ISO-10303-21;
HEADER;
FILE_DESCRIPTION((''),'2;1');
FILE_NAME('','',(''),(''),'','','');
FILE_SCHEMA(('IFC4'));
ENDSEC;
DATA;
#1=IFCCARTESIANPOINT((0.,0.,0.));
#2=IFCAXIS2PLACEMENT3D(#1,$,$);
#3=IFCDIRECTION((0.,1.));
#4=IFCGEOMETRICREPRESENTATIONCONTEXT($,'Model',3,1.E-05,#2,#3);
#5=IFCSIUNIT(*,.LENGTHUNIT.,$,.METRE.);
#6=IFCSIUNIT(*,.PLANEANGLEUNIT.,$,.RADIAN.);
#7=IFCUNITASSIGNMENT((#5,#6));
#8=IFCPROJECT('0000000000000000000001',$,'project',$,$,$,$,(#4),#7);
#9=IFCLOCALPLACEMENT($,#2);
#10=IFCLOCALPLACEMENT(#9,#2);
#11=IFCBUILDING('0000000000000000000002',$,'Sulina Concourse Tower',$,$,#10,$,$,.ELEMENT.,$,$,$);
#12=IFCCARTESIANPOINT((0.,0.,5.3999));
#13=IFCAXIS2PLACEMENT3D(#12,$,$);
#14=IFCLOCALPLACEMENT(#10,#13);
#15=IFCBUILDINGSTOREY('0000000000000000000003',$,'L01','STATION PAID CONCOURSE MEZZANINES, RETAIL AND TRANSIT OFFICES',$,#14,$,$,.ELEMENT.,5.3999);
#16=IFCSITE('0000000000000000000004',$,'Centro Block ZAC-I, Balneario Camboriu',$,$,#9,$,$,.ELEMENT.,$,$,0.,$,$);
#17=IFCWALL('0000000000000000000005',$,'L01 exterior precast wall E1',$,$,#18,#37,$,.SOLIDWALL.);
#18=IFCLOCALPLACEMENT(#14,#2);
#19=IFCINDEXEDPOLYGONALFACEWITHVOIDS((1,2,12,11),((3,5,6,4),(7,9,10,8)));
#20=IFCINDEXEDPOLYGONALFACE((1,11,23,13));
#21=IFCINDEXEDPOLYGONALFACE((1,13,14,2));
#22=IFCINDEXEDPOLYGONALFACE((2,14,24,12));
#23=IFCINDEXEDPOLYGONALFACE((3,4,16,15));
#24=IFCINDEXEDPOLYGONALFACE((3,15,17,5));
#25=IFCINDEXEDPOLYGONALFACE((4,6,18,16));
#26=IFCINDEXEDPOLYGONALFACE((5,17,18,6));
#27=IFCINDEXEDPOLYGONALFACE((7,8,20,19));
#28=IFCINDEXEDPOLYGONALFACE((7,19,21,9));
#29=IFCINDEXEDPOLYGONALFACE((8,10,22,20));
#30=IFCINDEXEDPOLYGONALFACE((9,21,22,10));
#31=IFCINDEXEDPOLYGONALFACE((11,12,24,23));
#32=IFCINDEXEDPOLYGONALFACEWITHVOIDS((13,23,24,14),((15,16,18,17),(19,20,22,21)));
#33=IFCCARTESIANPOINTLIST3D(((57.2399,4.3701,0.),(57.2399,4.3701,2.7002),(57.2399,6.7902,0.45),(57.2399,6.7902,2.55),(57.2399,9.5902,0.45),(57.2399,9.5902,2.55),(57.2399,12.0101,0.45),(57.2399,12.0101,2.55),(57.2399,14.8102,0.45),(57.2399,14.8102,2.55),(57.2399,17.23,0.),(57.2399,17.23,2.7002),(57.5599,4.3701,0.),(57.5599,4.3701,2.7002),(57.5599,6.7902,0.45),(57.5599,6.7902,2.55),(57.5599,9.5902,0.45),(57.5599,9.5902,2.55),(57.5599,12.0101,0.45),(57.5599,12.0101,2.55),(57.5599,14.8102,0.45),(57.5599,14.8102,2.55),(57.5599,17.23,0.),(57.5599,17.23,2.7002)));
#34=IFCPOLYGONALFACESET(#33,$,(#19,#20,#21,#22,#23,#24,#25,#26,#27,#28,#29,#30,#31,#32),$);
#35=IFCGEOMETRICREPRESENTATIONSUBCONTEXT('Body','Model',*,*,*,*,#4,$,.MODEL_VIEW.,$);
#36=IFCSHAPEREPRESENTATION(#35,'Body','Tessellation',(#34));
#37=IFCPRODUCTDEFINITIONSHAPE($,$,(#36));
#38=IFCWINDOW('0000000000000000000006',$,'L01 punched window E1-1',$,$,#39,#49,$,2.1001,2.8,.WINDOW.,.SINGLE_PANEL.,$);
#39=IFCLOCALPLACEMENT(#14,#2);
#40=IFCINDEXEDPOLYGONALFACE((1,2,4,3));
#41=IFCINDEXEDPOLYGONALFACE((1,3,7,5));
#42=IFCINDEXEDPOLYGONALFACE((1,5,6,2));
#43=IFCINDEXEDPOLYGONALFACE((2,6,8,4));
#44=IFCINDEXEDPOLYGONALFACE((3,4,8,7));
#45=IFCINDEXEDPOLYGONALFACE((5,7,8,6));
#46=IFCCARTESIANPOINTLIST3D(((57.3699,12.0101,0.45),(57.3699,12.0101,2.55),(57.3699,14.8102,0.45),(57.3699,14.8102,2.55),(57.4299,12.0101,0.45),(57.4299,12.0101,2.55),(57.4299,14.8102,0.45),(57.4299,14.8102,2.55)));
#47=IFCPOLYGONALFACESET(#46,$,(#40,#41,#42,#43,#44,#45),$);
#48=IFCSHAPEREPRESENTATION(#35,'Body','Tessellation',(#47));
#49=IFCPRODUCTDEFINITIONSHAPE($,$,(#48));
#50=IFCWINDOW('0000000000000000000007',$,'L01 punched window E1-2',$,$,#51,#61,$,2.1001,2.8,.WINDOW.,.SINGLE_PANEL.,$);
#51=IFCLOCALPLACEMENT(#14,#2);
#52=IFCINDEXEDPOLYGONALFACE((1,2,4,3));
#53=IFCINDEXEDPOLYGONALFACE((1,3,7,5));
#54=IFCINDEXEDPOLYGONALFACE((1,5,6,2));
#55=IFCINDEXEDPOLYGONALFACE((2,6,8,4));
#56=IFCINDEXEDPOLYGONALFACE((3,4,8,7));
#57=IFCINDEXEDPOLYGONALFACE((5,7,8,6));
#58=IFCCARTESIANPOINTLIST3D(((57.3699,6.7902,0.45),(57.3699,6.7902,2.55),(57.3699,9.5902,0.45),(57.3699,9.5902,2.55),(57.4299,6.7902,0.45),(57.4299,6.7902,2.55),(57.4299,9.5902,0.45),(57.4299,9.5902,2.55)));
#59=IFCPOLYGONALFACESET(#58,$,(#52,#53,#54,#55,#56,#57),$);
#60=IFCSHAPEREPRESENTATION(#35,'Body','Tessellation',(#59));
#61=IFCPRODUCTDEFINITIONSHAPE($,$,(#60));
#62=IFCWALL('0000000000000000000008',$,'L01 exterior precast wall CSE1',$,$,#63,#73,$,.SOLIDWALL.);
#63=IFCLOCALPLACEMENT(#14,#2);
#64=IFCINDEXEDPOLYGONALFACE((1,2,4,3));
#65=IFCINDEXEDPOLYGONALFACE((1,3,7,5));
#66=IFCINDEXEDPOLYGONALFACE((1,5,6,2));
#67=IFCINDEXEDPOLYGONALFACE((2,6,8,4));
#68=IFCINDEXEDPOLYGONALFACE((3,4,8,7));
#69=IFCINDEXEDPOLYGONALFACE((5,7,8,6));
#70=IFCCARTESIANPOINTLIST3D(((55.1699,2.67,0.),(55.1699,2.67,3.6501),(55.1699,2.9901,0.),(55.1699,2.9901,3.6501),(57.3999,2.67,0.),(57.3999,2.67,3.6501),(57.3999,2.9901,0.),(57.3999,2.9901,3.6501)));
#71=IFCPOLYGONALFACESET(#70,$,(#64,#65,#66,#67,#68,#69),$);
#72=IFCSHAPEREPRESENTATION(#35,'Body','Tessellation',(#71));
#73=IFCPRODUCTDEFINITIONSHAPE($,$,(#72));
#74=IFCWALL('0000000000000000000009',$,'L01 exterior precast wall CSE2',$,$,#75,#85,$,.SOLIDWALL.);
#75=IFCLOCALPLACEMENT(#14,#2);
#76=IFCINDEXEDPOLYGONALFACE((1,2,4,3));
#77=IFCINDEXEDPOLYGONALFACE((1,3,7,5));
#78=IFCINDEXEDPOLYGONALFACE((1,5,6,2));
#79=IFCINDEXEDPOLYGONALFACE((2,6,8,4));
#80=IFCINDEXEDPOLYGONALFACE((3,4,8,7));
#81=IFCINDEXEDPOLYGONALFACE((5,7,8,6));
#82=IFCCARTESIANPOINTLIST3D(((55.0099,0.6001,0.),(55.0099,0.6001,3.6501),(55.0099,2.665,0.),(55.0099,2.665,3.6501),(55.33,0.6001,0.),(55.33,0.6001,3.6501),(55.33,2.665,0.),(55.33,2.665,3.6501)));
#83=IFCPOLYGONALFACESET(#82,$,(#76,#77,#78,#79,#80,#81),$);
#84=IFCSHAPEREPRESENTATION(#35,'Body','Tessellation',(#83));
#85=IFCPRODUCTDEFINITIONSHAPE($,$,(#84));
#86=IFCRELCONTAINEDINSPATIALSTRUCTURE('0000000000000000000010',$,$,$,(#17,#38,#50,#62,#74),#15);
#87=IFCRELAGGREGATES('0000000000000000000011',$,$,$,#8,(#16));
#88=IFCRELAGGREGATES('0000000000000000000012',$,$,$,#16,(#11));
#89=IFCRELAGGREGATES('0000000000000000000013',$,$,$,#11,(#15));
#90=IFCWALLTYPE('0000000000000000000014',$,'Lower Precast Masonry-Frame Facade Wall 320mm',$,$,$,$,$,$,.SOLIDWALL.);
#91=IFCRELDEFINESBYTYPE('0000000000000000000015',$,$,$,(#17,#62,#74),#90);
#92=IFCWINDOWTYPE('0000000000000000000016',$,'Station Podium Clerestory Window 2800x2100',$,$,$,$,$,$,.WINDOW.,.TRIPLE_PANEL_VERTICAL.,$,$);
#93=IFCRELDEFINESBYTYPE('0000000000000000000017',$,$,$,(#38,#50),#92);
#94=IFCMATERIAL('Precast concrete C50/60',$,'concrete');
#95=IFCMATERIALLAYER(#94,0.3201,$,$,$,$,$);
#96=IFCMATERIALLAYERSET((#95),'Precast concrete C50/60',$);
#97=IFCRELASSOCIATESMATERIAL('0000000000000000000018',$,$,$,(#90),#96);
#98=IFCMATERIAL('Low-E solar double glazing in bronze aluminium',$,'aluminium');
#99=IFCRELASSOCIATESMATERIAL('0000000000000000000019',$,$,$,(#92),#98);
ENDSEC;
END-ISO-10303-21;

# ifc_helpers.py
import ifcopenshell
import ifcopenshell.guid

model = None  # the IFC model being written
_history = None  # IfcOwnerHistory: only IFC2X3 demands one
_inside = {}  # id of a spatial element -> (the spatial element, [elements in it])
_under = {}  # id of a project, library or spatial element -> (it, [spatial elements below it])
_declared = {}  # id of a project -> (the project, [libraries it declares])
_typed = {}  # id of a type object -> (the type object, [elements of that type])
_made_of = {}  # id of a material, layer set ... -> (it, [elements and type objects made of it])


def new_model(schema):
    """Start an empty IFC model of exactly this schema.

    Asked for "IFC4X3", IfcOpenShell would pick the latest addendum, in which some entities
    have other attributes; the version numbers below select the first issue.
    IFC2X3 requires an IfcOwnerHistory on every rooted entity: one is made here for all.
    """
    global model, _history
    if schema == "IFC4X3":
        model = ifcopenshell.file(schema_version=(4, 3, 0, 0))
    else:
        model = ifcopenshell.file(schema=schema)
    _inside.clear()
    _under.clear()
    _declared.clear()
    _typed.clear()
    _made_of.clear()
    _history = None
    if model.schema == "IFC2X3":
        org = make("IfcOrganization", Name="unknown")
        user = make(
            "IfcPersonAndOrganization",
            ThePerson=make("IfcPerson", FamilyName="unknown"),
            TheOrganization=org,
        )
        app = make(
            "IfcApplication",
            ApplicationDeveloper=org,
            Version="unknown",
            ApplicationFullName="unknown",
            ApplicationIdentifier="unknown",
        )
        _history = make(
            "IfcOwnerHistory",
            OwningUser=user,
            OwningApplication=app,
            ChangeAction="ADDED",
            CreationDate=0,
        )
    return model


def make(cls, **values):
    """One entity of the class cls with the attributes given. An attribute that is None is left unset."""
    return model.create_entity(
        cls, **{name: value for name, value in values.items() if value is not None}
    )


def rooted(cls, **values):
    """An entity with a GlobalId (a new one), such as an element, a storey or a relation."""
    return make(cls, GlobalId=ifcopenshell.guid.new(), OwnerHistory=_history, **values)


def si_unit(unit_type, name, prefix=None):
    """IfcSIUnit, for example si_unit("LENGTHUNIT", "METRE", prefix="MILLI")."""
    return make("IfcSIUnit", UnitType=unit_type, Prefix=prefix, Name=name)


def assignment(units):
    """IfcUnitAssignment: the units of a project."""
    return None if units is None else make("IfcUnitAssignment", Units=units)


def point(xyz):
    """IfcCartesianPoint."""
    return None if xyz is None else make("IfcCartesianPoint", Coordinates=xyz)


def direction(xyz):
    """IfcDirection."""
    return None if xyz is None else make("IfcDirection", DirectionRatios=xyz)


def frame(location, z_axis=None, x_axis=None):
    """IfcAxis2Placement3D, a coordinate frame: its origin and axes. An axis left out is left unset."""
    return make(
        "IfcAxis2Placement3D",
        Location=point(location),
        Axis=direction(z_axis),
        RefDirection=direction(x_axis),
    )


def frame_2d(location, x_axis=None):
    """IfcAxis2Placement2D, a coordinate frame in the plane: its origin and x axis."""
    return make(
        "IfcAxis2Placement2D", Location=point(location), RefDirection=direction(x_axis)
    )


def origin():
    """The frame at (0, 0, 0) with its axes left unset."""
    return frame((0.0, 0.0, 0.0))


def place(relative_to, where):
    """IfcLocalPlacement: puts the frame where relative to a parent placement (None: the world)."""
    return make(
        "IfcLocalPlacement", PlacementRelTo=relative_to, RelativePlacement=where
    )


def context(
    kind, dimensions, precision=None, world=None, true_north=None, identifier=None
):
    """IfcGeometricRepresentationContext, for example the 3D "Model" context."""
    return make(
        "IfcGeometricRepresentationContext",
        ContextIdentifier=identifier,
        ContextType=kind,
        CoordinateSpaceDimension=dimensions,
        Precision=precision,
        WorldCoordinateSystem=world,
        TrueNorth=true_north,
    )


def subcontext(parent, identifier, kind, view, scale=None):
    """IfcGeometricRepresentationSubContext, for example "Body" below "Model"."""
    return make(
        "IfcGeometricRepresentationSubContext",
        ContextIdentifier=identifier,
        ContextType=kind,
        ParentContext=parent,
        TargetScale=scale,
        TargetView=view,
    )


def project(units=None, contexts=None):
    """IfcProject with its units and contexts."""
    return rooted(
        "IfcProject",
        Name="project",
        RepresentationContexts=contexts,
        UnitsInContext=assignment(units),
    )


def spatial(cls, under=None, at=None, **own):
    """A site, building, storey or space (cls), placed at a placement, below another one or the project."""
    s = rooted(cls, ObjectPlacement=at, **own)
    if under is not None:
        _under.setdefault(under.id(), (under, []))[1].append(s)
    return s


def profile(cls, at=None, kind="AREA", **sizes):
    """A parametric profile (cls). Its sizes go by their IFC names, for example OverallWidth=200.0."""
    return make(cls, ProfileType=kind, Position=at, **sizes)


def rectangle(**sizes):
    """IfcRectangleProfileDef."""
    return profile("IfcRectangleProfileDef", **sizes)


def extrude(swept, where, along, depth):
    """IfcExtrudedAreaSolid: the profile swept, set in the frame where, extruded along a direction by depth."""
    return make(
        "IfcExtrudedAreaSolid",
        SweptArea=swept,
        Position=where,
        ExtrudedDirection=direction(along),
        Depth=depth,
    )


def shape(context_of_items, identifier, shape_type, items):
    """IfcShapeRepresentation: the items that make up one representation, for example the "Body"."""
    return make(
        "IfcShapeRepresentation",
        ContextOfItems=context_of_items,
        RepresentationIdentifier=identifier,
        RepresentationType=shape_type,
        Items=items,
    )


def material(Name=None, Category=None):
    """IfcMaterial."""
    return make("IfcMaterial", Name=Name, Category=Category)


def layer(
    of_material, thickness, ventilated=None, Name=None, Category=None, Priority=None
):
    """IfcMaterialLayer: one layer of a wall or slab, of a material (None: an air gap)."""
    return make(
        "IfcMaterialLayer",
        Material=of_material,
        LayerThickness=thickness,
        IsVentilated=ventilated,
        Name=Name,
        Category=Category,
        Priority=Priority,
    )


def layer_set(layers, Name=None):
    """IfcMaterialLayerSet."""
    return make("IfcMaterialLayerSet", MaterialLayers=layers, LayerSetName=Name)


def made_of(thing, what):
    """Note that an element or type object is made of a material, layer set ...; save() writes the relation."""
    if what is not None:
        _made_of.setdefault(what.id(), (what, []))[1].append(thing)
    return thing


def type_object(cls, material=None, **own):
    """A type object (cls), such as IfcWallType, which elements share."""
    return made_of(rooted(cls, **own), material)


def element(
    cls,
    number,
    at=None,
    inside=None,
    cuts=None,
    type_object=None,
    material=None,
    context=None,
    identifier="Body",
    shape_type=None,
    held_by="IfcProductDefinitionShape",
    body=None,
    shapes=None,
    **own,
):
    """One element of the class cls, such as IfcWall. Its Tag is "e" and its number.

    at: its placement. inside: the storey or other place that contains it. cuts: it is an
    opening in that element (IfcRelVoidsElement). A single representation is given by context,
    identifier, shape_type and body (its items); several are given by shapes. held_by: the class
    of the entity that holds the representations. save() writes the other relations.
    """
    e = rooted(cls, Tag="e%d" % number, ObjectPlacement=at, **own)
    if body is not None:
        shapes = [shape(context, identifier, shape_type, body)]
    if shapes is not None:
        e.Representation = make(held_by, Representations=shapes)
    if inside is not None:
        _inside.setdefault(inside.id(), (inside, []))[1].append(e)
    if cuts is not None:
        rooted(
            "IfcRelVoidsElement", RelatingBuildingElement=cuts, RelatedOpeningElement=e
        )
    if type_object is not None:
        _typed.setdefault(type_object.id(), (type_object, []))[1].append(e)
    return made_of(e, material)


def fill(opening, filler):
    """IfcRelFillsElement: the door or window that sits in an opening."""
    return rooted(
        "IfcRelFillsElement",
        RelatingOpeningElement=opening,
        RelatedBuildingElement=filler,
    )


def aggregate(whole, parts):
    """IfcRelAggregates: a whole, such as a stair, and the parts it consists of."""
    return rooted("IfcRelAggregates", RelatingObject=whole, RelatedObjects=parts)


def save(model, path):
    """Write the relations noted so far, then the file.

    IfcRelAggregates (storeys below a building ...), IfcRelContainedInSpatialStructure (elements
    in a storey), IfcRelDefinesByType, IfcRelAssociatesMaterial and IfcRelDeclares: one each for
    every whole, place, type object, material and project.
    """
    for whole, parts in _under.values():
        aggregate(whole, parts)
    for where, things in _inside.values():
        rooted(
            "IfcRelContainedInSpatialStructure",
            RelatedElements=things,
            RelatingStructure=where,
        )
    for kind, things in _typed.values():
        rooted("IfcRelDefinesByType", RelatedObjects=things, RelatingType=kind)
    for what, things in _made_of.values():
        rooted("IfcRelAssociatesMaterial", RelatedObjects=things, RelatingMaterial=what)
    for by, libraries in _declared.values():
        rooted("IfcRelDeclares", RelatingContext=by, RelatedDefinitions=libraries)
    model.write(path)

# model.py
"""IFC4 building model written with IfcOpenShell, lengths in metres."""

from ifc_helpers import new_model, si_unit, direction, frame, frame_2d, origin, place, context, subcontext, project, spatial, rectangle, extrude, material, layer, layer_set, type_object, element, fill, save


model = new_model("IFC4")

# Units and contexts
model_context = context("Model", 3, precision=1e-05, world=origin(), true_north=direction((0.0, 1.0)))
body_context = subcontext(model_context, "Body", "Model", "MODEL_VIEW")
ifc_project = project(units=[si_unit("LENGTHUNIT", "METRE"), si_unit("PLANEANGLEUNIT", "RADIAN")], contexts=[model_context])

# Site, building, storey
site_placement = place(None, origin())
site = spatial("IfcSite", under=ifc_project, at=site_placement, Name="Centro Block ZAC-I, Balneario Camboriu", CompositionType="ELEMENT", RefElevation=0.0)
building_placement = place(site_placement, origin())
building = spatial("IfcBuilding", under=site, at=building_placement, Name="Sulina Concourse Tower", CompositionType="ELEMENT")
storey_placement = place(building_placement, frame((0.0, 0.0, 5.3999)))
storey = spatial("IfcBuildingStorey", under=building, at=storey_placement, Name="L01", Description="STATION PAID CONCOURSE MEZZANINES, RETAIL AND TRANSIT OFFICES", CompositionType="ELEMENT", Elevation=5.3999)

# Shared definitions
ifc_material_1 = material(Name="Precast concrete C50/60", Category="concrete")
ifc_layer_1 = layer(ifc_material_1, 0.3201)
ifc_layer_set_1 = layer_set([ifc_layer_1], Name="Precast concrete C50/60")
wall_type_1 = type_object("IfcWallType", Name="Lower Precast Masonry-Frame Facade Wall 320mm", PredefinedType="SOLIDWALL", material=ifc_layer_set_1)

# Wall, openings, windows
wall_1_placement = place(storey_placement, frame((57.3999, 17.23, 0.0), z_axis=(0.0, 0.0, 1.0), x_axis=(0.0, -1.0, 0.0)))
wall_1 = element("IfcWall", 1, at=wall_1_placement, inside=storey, type_object=wall_type_1, Name="L01 exterior precast wall E1", PredefinedType="SOLIDWALL", context=body_context, shape_type="SweptSolid", body=[
    extrude(rectangle(XDim=12.8599, YDim=0.3201, at=frame_2d((6.4299, 0.0))), origin(), (0.0, 0.0, 1.0), 2.7002),
])
opening_1_placement = place(wall_1_placement, frame((2.4199, 0.0, 0.45)))
opening_1 = element("IfcOpeningElement", 2, at=opening_1_placement, cuts=wall_1, PredefinedType="OPENING", context=body_context, shape_type="SweptSolid", body=[
    extrude(rectangle(XDim=2.8, YDim=2.1001, at=frame_2d((1.3999, 1.05))), frame((0.0, 0.1699, 0.0), z_axis=(0.0, -1.0, 0.0), x_axis=(1.0, 0.0, 0.0)), (0.0, 0.0, 1.0), 0.3401),
])
opening_2_placement = place(wall_1_placement, frame((7.6399, 0.0, 0.45)))
opening_2 = element("IfcOpeningElement", 3, at=opening_2_placement, cuts=wall_1, PredefinedType="OPENING", context=body_context, shape_type="SweptSolid", body=[
    extrude(rectangle(XDim=2.8, YDim=2.1001, at=frame_2d((1.3999, 1.05))), frame((0.0, 0.1699, 0.0), z_axis=(0.0, -1.0, 0.0), x_axis=(1.0, 0.0, 0.0)), (0.0, 0.0, 1.0), 0.3401),
])
ifc_material_2 = material(Name="Low-E solar double glazing in bronze aluminium", Category="aluminium")
window_type = type_object("IfcWindowType", Name="Station Podium Clerestory Window 2800x2100", PartitioningType="TRIPLE_PANEL_VERTICAL", PredefinedType="WINDOW", material=ifc_material_2)
window_1_placement = place(opening_1_placement, origin())
window_1 = element("IfcWindow", 4, at=window_1_placement, inside=storey, type_object=window_type, Name="L01 punched window E1-1", OverallHeight=2.1001, OverallWidth=2.8, PartitioningType="SINGLE_PANEL", PredefinedType="WINDOW", context=body_context, shape_type="SweptSolid", body=[
    extrude(rectangle(XDim=2.8, YDim=2.1001, at=frame_2d((1.3999, 1.05))), frame((0.0, 0.03, 0.0), z_axis=(0.0, -1.0, 0.0), x_axis=(1.0, 0.0, 0.0)), (0.0, 0.0, 1.0), 0.0601),
])
fill(opening_1, window_1)
window_2_placement = place(opening_2_placement, origin())
window_2 = element("IfcWindow", 5, at=window_2_placement, inside=storey, type_object=window_type, Name="L01 punched window E1-2", OverallHeight=2.1001, OverallWidth=2.8, PartitioningType="SINGLE_PANEL", PredefinedType="WINDOW", context=body_context, shape_type="SweptSolid", body=[
    extrude(rectangle(XDim=2.8, YDim=2.1001, at=frame_2d((1.3999, 1.05))), frame((0.0, 0.03, 0.0), z_axis=(0.0, -1.0, 0.0), x_axis=(1.0, 0.0, 0.0)), (0.0, 0.0, 1.0), 0.0601),
])
fill(opening_2, window_2)

# Walls
wall_2_placement = place(storey_placement, frame((57.3999, 2.8301, 0.0), z_axis=(0.0, 0.0, 1.0), x_axis=(-1.0, 0.0, 0.0)))
element("IfcWall", 6, at=wall_2_placement, inside=storey, type_object=wall_type_1, Name="L01 exterior precast wall CSE1", PredefinedType="SOLIDWALL", context=body_context, shape_type="SweptSolid", body=[
    extrude(rectangle(XDim=2.23, YDim=0.3201, at=frame_2d((1.115, 0.0))), origin(), (0.0, 0.0, 1.0), 3.6501),
])
wall_3_placement = place(storey_placement, frame((55.1699, 2.665, 0.0), z_axis=(0.0, 0.0, 1.0), x_axis=(0.0, -1.0, 0.0)))
element("IfcWall", 7, at=wall_3_placement, inside=storey, type_object=wall_type_1, Name="L01 exterior precast wall CSE2", PredefinedType="SOLIDWALL", context=body_context, shape_type="SweptSolid", body=[
    extrude(rectangle(XDim=2.0649, YDim=0.3201, at=frame_2d((1.0325, 0.0))), origin(), (0.0, 0.0, 1.0), 3.6501),
])

save(model, "model.ifc")
